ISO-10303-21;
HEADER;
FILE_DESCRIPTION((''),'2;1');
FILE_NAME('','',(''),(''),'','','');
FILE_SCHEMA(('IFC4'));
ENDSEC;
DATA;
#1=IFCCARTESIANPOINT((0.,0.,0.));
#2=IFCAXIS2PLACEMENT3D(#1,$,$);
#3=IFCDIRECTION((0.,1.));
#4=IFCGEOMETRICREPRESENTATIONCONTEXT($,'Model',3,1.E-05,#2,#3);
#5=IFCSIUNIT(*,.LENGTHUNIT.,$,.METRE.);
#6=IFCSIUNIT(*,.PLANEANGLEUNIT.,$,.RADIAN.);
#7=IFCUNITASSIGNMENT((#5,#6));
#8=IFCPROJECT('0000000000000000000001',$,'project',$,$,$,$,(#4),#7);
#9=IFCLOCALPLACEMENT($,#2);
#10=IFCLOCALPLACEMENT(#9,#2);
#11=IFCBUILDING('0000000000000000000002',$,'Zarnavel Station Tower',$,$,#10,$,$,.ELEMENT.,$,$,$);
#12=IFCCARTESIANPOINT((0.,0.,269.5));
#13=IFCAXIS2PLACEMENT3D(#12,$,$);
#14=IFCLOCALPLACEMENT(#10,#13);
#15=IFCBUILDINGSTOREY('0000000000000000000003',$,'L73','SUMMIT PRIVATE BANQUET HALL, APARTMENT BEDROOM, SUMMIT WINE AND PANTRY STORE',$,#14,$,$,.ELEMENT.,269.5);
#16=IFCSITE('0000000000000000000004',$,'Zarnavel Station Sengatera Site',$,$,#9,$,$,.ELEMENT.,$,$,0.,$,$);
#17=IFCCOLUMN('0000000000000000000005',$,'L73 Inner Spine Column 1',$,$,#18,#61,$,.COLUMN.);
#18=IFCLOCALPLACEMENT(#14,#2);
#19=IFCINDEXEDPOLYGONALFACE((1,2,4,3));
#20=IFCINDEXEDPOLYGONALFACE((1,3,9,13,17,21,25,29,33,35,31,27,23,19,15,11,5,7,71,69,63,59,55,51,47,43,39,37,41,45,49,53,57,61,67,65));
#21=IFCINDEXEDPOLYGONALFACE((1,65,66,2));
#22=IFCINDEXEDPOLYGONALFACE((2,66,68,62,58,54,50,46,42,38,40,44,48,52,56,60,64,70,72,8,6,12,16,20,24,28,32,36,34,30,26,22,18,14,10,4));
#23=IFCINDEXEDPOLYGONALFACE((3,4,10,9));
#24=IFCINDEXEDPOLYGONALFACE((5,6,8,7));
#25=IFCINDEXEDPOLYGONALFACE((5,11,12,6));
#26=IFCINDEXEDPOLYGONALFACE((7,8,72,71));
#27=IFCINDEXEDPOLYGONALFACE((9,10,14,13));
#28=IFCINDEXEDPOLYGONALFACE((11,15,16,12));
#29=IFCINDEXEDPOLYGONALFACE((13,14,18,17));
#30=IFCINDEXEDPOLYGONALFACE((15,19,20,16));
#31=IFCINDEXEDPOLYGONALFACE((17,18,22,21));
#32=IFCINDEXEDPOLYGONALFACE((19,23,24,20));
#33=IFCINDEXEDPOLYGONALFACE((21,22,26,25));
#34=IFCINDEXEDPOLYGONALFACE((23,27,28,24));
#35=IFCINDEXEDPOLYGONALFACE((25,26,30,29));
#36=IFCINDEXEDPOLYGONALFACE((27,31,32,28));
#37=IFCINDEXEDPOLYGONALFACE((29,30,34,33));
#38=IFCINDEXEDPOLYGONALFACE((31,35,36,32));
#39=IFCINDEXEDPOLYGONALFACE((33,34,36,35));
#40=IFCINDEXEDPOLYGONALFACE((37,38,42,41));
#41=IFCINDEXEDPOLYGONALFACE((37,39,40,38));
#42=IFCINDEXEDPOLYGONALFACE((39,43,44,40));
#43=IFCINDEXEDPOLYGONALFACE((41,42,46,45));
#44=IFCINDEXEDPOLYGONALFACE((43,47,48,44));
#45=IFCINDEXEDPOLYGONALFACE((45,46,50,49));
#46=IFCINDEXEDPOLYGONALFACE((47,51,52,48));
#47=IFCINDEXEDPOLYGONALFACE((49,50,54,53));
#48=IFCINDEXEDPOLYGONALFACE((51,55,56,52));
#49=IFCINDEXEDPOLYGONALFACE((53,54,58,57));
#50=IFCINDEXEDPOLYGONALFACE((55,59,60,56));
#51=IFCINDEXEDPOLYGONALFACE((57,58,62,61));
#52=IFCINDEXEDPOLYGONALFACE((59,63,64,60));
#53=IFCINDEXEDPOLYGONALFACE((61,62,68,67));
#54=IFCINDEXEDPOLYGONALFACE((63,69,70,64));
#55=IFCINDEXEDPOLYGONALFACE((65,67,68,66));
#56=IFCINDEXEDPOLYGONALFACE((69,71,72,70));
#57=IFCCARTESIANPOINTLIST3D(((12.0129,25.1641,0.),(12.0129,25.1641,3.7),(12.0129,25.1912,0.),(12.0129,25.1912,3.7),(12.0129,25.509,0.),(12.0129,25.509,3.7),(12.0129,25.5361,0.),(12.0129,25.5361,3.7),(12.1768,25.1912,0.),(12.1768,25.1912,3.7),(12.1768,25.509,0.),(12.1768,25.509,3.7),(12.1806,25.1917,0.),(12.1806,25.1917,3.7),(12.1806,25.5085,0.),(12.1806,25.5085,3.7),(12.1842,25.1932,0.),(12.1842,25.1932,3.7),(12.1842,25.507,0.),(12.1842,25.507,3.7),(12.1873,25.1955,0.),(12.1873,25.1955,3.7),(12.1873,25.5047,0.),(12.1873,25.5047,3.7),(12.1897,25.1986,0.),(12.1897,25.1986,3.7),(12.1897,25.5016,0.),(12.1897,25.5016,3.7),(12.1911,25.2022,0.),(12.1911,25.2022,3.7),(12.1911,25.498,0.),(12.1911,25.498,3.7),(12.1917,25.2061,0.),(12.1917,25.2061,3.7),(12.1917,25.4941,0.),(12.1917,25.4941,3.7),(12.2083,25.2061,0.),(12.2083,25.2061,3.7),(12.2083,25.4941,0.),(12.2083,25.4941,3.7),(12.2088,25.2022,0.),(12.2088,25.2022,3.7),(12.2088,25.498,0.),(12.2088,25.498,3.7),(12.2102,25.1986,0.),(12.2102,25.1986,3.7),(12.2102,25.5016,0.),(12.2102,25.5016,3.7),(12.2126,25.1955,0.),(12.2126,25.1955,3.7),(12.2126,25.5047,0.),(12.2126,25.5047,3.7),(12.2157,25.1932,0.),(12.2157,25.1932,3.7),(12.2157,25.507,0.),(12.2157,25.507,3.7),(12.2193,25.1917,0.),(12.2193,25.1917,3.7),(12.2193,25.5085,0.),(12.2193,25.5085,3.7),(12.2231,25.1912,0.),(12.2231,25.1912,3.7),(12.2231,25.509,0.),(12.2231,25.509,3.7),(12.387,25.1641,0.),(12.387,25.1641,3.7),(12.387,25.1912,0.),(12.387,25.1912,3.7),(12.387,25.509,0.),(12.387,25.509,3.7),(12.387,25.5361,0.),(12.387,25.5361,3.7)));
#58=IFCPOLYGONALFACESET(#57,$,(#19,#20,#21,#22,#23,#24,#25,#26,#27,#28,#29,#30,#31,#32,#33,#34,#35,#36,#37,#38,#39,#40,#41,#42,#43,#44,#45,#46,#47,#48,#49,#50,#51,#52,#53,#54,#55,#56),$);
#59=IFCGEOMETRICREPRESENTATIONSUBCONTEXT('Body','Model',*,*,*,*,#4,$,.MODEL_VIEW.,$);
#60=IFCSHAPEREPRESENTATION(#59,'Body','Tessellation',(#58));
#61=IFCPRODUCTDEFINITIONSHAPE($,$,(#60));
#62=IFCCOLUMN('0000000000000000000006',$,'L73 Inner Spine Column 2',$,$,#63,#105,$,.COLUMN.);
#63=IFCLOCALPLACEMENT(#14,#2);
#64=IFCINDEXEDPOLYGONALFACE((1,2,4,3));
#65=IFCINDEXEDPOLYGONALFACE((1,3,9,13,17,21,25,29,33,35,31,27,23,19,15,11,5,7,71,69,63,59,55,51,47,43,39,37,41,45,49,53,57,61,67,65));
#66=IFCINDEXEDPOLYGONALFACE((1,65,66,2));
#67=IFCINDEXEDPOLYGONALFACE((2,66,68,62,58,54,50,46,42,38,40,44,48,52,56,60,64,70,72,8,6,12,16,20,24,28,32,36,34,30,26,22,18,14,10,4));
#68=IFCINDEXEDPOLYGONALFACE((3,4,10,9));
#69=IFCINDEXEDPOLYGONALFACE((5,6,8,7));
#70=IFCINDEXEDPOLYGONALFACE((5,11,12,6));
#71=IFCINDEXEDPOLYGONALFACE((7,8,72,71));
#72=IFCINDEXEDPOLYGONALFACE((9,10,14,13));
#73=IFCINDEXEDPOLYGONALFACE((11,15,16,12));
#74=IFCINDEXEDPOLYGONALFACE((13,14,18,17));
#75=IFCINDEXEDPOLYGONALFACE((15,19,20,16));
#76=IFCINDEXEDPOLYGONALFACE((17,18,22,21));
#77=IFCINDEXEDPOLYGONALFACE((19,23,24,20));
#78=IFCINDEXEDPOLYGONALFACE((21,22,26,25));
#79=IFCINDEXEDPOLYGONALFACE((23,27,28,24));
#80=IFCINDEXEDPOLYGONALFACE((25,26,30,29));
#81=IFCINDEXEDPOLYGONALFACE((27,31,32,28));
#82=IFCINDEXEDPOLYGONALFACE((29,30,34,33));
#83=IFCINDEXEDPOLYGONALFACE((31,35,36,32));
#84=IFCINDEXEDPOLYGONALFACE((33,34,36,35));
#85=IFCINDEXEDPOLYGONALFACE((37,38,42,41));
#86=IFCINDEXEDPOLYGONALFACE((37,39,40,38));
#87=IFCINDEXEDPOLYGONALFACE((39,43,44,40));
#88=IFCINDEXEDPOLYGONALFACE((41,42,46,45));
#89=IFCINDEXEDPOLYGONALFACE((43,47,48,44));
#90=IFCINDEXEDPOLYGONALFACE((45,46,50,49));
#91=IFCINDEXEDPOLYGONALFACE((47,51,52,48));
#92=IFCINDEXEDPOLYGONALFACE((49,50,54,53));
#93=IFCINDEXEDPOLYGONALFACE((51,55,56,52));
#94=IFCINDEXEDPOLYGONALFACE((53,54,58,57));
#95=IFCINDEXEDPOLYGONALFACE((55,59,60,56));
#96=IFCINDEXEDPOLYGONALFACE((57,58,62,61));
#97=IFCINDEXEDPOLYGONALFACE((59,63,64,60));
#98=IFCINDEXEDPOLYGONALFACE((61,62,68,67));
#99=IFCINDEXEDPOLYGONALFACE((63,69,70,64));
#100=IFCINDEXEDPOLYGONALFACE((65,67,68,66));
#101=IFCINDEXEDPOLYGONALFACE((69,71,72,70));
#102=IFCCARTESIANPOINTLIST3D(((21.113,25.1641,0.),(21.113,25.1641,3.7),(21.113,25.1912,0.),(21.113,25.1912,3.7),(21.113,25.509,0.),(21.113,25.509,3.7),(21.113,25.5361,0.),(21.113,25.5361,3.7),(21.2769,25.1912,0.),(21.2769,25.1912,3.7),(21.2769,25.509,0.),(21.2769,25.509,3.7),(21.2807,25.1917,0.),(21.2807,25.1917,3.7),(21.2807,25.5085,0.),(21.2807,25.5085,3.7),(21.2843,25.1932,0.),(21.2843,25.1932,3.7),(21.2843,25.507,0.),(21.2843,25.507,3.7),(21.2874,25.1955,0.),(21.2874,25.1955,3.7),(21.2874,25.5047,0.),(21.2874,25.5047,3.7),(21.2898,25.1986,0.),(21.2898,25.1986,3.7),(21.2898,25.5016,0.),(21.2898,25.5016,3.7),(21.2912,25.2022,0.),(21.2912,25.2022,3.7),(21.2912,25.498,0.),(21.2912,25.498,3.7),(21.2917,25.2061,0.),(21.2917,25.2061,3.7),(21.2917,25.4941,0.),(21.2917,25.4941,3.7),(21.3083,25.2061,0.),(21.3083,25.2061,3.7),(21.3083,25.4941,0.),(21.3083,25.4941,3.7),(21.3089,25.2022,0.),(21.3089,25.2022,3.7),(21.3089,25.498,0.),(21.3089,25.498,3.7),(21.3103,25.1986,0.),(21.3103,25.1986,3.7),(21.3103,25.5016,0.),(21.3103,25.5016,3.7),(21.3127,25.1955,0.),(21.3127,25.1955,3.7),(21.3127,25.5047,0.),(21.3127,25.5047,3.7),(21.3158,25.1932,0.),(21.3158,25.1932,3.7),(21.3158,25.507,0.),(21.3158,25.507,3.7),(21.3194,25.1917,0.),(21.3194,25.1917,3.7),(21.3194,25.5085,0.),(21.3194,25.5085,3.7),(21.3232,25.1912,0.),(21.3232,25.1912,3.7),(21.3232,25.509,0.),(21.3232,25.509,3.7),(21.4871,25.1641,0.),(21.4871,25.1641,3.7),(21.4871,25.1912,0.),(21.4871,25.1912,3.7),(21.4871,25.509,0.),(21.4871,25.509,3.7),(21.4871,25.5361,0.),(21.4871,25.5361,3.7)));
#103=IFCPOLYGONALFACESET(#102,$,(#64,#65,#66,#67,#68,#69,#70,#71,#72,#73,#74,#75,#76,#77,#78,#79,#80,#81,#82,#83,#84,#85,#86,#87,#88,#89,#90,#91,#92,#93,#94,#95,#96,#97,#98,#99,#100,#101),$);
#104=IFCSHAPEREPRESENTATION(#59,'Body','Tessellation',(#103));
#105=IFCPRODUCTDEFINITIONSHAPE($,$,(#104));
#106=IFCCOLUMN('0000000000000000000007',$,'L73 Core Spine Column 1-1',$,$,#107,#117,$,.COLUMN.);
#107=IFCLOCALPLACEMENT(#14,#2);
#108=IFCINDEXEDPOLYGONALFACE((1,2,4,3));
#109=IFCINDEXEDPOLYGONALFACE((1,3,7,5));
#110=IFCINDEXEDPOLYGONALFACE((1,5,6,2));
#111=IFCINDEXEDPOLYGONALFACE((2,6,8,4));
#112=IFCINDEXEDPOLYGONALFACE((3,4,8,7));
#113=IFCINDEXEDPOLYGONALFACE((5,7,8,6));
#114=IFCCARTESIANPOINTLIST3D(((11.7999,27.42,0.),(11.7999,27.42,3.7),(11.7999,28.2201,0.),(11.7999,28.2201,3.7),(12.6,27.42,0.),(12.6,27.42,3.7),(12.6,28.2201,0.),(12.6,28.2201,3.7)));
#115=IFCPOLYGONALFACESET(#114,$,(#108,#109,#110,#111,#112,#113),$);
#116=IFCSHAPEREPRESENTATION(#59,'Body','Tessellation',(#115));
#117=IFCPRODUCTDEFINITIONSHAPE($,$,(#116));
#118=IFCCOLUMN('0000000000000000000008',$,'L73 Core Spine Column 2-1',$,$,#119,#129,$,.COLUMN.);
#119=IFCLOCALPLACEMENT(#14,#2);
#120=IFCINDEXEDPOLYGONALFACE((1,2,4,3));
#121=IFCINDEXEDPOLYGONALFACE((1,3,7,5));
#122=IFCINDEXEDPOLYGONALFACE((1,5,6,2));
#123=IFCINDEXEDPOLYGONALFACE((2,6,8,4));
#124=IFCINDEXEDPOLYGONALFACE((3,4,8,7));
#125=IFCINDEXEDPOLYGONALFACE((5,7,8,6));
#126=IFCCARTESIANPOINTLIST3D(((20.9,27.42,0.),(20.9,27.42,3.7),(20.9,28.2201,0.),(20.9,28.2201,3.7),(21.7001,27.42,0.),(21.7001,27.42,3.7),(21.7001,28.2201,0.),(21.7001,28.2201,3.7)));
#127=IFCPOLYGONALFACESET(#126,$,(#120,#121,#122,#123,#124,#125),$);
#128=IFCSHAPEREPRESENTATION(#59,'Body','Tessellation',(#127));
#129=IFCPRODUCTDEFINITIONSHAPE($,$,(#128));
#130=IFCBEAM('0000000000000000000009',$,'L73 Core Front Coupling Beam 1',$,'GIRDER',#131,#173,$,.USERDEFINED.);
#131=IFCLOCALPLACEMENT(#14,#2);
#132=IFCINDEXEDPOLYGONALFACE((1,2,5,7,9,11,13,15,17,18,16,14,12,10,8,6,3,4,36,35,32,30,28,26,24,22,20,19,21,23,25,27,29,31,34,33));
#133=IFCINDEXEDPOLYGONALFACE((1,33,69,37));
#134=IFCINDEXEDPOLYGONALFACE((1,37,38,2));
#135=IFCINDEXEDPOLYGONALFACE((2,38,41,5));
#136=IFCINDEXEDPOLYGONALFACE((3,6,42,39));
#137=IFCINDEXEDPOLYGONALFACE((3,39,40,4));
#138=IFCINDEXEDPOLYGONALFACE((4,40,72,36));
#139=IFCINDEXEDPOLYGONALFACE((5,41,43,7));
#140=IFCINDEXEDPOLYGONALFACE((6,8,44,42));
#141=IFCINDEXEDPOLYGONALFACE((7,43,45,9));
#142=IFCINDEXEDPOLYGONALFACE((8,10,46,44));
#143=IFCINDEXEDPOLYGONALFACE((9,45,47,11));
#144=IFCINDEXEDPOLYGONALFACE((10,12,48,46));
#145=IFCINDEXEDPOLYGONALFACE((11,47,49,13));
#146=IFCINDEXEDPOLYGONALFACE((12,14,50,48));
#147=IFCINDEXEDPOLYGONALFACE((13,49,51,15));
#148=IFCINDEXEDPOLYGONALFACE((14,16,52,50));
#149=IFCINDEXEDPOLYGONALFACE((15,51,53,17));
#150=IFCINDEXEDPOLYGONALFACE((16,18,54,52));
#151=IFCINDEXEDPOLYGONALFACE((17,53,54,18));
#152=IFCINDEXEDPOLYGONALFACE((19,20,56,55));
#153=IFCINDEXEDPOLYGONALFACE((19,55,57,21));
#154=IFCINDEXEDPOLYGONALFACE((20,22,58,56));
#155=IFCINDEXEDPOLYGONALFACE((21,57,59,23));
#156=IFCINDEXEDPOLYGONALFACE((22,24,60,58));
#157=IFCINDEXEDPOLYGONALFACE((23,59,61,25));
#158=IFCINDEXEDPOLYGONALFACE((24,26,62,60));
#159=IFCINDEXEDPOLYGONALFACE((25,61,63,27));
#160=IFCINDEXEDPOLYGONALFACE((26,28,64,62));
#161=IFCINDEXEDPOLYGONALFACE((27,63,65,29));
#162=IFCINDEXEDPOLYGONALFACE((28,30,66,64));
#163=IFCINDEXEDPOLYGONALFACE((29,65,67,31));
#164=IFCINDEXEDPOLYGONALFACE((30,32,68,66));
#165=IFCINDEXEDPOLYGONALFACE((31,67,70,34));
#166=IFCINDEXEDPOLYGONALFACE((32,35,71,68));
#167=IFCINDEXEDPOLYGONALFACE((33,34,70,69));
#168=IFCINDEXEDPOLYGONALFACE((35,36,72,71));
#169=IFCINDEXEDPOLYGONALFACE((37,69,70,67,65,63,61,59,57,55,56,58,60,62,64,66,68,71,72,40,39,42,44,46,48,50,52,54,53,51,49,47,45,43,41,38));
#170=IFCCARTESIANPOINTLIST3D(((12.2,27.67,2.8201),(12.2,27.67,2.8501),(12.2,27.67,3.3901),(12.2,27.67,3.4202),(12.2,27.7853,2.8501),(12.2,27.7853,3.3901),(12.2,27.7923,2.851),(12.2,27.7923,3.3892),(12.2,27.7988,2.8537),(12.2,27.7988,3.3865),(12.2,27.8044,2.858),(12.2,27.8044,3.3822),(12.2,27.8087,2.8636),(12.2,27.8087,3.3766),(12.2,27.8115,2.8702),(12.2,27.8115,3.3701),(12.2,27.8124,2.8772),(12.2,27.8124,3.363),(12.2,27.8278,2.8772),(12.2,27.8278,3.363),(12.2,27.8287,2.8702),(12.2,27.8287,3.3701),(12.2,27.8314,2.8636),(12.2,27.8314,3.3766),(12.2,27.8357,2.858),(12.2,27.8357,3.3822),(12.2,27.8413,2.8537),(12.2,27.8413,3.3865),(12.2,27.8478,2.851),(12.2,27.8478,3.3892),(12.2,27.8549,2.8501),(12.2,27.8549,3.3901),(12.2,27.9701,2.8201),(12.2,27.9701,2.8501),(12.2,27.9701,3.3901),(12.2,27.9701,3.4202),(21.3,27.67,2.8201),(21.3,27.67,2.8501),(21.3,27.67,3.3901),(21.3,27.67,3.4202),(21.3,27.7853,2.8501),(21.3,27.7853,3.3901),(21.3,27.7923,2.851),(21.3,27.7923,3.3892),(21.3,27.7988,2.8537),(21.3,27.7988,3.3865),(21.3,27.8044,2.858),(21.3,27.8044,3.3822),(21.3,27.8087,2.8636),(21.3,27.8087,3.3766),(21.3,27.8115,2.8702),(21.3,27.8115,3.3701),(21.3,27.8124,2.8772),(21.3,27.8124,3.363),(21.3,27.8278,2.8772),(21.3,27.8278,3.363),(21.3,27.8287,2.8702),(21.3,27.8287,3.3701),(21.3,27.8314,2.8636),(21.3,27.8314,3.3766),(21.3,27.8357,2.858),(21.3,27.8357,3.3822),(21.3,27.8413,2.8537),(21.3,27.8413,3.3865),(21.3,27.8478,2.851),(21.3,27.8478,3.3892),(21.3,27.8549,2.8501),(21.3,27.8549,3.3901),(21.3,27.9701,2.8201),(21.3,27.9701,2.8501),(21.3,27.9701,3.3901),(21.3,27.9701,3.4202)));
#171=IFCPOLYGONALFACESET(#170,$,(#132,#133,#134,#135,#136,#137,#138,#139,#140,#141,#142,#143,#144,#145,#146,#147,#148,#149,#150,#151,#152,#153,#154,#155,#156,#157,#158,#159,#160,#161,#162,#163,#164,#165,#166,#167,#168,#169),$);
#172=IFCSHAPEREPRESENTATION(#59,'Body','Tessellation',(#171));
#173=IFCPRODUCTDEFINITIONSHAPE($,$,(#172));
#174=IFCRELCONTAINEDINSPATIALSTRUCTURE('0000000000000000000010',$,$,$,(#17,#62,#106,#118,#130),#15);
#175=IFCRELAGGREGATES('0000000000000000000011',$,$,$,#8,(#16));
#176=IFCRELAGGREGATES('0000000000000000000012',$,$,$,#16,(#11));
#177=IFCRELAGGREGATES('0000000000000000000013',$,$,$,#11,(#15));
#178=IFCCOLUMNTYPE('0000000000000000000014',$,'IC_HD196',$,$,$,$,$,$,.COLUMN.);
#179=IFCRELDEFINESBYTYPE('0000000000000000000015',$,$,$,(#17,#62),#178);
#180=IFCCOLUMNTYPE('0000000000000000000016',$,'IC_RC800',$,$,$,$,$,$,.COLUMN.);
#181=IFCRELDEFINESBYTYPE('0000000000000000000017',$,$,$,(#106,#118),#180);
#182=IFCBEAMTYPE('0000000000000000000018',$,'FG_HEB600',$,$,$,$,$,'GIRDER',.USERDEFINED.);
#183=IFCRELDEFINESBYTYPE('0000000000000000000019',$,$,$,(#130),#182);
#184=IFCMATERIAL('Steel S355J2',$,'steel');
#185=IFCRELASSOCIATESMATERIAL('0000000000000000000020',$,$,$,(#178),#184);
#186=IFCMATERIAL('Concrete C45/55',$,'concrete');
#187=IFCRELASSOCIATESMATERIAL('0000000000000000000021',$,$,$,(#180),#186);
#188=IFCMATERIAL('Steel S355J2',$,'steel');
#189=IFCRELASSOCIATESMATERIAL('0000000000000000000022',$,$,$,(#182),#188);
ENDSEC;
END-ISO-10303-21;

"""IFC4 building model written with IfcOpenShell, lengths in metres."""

from ifc_helpers import new_model, si_unit, direction, frame, origin, origin_2d, place, context, subcontext, project, spatial, rectangle, i_section, extrude, material, material_profile, profile_set, type_object, element, save


model = new_model("IFC4")

# Units and contexts
model_context = context("Model", 3, precision=1e-05, world=origin(), true_north=direction((0.0, 1.0)))
body_context = subcontext(model_context, "Body", "Model", "MODEL_VIEW")
ifc_project = project(units=[si_unit("LENGTHUNIT", "METRE"), si_unit("PLANEANGLEUNIT", "RADIAN")], contexts=[model_context])

# Site, building, storey
site_placement = place(None, origin())
site = spatial("IfcSite", under=ifc_project, at=site_placement, Name="Zarnavel Station Sengatera Site", CompositionType="ELEMENT", RefElevation=0.0)
building_placement = place(site_placement, origin())
building = spatial("IfcBuilding", under=site, at=building_placement, Name="Zarnavel Station Tower", CompositionType="ELEMENT")
storey_placement = place(building_placement, frame((0.0, 0.0, 269.5)))
storey = spatial("IfcBuildingStorey", under=building, at=storey_placement, Name="L73", Description="SUMMIT PRIVATE BANQUET HALL, APARTMENT BEDROOM, SUMMIT WINE AND PANTRY STORE", CompositionType="ELEMENT", Elevation=269.5)

# Columns
ifc_material_1 = material(Name="Steel S355J2", Category="steel")
ifc_material_profile_1 = material_profile(ifc_material_1, i_section(OverallWidth=0.374, OverallDepth=0.3721, WebThickness=0.0166, FlangeThickness=0.0271, FilletRadius=0.0149, at=origin_2d()), Name="HD360x196")
ifc_profile_set_1 = profile_set([ifc_material_profile_1], Name="Steel S355J2")
column_type_1 = type_object("IfcColumnType", Name="IC_HD196", PredefinedType="COLUMN", material=ifc_profile_set_1)
for number, where, z_axis, x_axis, name in (
    (1, (12.2, 25.3501, 0.0), (0.0, 0.0, 1.0), (1.0, 0.0, 0.0), "L73 Inner Spine Column 1"),
    (2, (21.3, 25.3501, 0.0), (0.0, 0.0, 1.0), (1.0, 0.0, 0.0), "L73 Inner Spine Column 2"),
):
    element("IfcColumn", number, at=place(storey_placement, frame(where, z_axis=z_axis, x_axis=x_axis)), inside=storey, type_object=column_type_1, Name=name, PredefinedType="COLUMN", context=body_context, shape_type="SweptSolid", body=[
        extrude(i_section(OverallWidth=0.374, OverallDepth=0.3721, WebThickness=0.0166, FlangeThickness=0.0271, FilletRadius=0.0149, at=origin_2d()), origin(), (0.0, 0.0, 1.0), 3.7),
    ])
ifc_material_2 = material(Name="Concrete C45/55", Category="concrete")
ifc_material_profile_2 = material_profile(ifc_material_2, rectangle(XDim=0.8, YDim=0.8, at=origin_2d()), Name="RC800x800")
ifc_profile_set_2 = profile_set([ifc_material_profile_2], Name="Concrete C45/55")
column_type_2 = type_object("IfcColumnType", Name="IC_RC800", PredefinedType="COLUMN", material=ifc_profile_set_2)
for number, where, z_axis, x_axis, name in (
    (3, (12.2, 27.8201, 0.0), (0.0, 0.0, 1.0), (1.0, 0.0, 0.0), "L73 Core Spine Column 1-1"),
    (4, (21.3, 27.8201, 0.0), (0.0, 0.0, 1.0), (1.0, 0.0, 0.0), "L73 Core Spine Column 2-1"),
):
    element("IfcColumn", number, at=place(storey_placement, frame(where, z_axis=z_axis, x_axis=x_axis)), inside=storey, type_object=column_type_2, Name=name, PredefinedType="COLUMN", context=body_context, shape_type="SweptSolid", body=[
        extrude(rectangle(XDim=0.8, YDim=0.8, at=origin_2d()), origin(), (0.0, 0.0, 1.0), 3.7),
    ])

# Beam
ifc_material_3 = material(Name="Steel S355J2", Category="steel")
ifc_material_profile_3 = material_profile(ifc_material_3, i_section(OverallWidth=0.3, OverallDepth=0.6001, WebThickness=0.0154, FlangeThickness=0.03, FilletRadius=0.0271, at=origin_2d()), Name="HEB600")
ifc_profile_set_3 = profile_set([ifc_material_profile_3], Name="Steel S355J2")
beam_type_1 = type_object("IfcBeamType", Name="FG_HEB600", ElementType="GIRDER", PredefinedType="USERDEFINED", material=ifc_profile_set_3)
beam_1_placement = place(storey_placement, frame((12.2, 27.8201, 3.1201), z_axis=(1.0, 0.0, 0.0), x_axis=(0.0, 1.0, 0.0)))
element("IfcBeam", 5, at=beam_1_placement, inside=storey, type_object=beam_type_1, Name="L73 Core Front Coupling Beam 1", ObjectType="GIRDER", PredefinedType="USERDEFINED", context=body_context, shape_type="SweptSolid", body=[
    extrude(i_section(OverallWidth=0.3, OverallDepth=0.6001, WebThickness=0.0154, FlangeThickness=0.03, FilletRadius=0.0271, at=origin_2d()), origin(), (0.0, 0.0, 1.0), 9.1001),
])

save(model, "model.ifc")
